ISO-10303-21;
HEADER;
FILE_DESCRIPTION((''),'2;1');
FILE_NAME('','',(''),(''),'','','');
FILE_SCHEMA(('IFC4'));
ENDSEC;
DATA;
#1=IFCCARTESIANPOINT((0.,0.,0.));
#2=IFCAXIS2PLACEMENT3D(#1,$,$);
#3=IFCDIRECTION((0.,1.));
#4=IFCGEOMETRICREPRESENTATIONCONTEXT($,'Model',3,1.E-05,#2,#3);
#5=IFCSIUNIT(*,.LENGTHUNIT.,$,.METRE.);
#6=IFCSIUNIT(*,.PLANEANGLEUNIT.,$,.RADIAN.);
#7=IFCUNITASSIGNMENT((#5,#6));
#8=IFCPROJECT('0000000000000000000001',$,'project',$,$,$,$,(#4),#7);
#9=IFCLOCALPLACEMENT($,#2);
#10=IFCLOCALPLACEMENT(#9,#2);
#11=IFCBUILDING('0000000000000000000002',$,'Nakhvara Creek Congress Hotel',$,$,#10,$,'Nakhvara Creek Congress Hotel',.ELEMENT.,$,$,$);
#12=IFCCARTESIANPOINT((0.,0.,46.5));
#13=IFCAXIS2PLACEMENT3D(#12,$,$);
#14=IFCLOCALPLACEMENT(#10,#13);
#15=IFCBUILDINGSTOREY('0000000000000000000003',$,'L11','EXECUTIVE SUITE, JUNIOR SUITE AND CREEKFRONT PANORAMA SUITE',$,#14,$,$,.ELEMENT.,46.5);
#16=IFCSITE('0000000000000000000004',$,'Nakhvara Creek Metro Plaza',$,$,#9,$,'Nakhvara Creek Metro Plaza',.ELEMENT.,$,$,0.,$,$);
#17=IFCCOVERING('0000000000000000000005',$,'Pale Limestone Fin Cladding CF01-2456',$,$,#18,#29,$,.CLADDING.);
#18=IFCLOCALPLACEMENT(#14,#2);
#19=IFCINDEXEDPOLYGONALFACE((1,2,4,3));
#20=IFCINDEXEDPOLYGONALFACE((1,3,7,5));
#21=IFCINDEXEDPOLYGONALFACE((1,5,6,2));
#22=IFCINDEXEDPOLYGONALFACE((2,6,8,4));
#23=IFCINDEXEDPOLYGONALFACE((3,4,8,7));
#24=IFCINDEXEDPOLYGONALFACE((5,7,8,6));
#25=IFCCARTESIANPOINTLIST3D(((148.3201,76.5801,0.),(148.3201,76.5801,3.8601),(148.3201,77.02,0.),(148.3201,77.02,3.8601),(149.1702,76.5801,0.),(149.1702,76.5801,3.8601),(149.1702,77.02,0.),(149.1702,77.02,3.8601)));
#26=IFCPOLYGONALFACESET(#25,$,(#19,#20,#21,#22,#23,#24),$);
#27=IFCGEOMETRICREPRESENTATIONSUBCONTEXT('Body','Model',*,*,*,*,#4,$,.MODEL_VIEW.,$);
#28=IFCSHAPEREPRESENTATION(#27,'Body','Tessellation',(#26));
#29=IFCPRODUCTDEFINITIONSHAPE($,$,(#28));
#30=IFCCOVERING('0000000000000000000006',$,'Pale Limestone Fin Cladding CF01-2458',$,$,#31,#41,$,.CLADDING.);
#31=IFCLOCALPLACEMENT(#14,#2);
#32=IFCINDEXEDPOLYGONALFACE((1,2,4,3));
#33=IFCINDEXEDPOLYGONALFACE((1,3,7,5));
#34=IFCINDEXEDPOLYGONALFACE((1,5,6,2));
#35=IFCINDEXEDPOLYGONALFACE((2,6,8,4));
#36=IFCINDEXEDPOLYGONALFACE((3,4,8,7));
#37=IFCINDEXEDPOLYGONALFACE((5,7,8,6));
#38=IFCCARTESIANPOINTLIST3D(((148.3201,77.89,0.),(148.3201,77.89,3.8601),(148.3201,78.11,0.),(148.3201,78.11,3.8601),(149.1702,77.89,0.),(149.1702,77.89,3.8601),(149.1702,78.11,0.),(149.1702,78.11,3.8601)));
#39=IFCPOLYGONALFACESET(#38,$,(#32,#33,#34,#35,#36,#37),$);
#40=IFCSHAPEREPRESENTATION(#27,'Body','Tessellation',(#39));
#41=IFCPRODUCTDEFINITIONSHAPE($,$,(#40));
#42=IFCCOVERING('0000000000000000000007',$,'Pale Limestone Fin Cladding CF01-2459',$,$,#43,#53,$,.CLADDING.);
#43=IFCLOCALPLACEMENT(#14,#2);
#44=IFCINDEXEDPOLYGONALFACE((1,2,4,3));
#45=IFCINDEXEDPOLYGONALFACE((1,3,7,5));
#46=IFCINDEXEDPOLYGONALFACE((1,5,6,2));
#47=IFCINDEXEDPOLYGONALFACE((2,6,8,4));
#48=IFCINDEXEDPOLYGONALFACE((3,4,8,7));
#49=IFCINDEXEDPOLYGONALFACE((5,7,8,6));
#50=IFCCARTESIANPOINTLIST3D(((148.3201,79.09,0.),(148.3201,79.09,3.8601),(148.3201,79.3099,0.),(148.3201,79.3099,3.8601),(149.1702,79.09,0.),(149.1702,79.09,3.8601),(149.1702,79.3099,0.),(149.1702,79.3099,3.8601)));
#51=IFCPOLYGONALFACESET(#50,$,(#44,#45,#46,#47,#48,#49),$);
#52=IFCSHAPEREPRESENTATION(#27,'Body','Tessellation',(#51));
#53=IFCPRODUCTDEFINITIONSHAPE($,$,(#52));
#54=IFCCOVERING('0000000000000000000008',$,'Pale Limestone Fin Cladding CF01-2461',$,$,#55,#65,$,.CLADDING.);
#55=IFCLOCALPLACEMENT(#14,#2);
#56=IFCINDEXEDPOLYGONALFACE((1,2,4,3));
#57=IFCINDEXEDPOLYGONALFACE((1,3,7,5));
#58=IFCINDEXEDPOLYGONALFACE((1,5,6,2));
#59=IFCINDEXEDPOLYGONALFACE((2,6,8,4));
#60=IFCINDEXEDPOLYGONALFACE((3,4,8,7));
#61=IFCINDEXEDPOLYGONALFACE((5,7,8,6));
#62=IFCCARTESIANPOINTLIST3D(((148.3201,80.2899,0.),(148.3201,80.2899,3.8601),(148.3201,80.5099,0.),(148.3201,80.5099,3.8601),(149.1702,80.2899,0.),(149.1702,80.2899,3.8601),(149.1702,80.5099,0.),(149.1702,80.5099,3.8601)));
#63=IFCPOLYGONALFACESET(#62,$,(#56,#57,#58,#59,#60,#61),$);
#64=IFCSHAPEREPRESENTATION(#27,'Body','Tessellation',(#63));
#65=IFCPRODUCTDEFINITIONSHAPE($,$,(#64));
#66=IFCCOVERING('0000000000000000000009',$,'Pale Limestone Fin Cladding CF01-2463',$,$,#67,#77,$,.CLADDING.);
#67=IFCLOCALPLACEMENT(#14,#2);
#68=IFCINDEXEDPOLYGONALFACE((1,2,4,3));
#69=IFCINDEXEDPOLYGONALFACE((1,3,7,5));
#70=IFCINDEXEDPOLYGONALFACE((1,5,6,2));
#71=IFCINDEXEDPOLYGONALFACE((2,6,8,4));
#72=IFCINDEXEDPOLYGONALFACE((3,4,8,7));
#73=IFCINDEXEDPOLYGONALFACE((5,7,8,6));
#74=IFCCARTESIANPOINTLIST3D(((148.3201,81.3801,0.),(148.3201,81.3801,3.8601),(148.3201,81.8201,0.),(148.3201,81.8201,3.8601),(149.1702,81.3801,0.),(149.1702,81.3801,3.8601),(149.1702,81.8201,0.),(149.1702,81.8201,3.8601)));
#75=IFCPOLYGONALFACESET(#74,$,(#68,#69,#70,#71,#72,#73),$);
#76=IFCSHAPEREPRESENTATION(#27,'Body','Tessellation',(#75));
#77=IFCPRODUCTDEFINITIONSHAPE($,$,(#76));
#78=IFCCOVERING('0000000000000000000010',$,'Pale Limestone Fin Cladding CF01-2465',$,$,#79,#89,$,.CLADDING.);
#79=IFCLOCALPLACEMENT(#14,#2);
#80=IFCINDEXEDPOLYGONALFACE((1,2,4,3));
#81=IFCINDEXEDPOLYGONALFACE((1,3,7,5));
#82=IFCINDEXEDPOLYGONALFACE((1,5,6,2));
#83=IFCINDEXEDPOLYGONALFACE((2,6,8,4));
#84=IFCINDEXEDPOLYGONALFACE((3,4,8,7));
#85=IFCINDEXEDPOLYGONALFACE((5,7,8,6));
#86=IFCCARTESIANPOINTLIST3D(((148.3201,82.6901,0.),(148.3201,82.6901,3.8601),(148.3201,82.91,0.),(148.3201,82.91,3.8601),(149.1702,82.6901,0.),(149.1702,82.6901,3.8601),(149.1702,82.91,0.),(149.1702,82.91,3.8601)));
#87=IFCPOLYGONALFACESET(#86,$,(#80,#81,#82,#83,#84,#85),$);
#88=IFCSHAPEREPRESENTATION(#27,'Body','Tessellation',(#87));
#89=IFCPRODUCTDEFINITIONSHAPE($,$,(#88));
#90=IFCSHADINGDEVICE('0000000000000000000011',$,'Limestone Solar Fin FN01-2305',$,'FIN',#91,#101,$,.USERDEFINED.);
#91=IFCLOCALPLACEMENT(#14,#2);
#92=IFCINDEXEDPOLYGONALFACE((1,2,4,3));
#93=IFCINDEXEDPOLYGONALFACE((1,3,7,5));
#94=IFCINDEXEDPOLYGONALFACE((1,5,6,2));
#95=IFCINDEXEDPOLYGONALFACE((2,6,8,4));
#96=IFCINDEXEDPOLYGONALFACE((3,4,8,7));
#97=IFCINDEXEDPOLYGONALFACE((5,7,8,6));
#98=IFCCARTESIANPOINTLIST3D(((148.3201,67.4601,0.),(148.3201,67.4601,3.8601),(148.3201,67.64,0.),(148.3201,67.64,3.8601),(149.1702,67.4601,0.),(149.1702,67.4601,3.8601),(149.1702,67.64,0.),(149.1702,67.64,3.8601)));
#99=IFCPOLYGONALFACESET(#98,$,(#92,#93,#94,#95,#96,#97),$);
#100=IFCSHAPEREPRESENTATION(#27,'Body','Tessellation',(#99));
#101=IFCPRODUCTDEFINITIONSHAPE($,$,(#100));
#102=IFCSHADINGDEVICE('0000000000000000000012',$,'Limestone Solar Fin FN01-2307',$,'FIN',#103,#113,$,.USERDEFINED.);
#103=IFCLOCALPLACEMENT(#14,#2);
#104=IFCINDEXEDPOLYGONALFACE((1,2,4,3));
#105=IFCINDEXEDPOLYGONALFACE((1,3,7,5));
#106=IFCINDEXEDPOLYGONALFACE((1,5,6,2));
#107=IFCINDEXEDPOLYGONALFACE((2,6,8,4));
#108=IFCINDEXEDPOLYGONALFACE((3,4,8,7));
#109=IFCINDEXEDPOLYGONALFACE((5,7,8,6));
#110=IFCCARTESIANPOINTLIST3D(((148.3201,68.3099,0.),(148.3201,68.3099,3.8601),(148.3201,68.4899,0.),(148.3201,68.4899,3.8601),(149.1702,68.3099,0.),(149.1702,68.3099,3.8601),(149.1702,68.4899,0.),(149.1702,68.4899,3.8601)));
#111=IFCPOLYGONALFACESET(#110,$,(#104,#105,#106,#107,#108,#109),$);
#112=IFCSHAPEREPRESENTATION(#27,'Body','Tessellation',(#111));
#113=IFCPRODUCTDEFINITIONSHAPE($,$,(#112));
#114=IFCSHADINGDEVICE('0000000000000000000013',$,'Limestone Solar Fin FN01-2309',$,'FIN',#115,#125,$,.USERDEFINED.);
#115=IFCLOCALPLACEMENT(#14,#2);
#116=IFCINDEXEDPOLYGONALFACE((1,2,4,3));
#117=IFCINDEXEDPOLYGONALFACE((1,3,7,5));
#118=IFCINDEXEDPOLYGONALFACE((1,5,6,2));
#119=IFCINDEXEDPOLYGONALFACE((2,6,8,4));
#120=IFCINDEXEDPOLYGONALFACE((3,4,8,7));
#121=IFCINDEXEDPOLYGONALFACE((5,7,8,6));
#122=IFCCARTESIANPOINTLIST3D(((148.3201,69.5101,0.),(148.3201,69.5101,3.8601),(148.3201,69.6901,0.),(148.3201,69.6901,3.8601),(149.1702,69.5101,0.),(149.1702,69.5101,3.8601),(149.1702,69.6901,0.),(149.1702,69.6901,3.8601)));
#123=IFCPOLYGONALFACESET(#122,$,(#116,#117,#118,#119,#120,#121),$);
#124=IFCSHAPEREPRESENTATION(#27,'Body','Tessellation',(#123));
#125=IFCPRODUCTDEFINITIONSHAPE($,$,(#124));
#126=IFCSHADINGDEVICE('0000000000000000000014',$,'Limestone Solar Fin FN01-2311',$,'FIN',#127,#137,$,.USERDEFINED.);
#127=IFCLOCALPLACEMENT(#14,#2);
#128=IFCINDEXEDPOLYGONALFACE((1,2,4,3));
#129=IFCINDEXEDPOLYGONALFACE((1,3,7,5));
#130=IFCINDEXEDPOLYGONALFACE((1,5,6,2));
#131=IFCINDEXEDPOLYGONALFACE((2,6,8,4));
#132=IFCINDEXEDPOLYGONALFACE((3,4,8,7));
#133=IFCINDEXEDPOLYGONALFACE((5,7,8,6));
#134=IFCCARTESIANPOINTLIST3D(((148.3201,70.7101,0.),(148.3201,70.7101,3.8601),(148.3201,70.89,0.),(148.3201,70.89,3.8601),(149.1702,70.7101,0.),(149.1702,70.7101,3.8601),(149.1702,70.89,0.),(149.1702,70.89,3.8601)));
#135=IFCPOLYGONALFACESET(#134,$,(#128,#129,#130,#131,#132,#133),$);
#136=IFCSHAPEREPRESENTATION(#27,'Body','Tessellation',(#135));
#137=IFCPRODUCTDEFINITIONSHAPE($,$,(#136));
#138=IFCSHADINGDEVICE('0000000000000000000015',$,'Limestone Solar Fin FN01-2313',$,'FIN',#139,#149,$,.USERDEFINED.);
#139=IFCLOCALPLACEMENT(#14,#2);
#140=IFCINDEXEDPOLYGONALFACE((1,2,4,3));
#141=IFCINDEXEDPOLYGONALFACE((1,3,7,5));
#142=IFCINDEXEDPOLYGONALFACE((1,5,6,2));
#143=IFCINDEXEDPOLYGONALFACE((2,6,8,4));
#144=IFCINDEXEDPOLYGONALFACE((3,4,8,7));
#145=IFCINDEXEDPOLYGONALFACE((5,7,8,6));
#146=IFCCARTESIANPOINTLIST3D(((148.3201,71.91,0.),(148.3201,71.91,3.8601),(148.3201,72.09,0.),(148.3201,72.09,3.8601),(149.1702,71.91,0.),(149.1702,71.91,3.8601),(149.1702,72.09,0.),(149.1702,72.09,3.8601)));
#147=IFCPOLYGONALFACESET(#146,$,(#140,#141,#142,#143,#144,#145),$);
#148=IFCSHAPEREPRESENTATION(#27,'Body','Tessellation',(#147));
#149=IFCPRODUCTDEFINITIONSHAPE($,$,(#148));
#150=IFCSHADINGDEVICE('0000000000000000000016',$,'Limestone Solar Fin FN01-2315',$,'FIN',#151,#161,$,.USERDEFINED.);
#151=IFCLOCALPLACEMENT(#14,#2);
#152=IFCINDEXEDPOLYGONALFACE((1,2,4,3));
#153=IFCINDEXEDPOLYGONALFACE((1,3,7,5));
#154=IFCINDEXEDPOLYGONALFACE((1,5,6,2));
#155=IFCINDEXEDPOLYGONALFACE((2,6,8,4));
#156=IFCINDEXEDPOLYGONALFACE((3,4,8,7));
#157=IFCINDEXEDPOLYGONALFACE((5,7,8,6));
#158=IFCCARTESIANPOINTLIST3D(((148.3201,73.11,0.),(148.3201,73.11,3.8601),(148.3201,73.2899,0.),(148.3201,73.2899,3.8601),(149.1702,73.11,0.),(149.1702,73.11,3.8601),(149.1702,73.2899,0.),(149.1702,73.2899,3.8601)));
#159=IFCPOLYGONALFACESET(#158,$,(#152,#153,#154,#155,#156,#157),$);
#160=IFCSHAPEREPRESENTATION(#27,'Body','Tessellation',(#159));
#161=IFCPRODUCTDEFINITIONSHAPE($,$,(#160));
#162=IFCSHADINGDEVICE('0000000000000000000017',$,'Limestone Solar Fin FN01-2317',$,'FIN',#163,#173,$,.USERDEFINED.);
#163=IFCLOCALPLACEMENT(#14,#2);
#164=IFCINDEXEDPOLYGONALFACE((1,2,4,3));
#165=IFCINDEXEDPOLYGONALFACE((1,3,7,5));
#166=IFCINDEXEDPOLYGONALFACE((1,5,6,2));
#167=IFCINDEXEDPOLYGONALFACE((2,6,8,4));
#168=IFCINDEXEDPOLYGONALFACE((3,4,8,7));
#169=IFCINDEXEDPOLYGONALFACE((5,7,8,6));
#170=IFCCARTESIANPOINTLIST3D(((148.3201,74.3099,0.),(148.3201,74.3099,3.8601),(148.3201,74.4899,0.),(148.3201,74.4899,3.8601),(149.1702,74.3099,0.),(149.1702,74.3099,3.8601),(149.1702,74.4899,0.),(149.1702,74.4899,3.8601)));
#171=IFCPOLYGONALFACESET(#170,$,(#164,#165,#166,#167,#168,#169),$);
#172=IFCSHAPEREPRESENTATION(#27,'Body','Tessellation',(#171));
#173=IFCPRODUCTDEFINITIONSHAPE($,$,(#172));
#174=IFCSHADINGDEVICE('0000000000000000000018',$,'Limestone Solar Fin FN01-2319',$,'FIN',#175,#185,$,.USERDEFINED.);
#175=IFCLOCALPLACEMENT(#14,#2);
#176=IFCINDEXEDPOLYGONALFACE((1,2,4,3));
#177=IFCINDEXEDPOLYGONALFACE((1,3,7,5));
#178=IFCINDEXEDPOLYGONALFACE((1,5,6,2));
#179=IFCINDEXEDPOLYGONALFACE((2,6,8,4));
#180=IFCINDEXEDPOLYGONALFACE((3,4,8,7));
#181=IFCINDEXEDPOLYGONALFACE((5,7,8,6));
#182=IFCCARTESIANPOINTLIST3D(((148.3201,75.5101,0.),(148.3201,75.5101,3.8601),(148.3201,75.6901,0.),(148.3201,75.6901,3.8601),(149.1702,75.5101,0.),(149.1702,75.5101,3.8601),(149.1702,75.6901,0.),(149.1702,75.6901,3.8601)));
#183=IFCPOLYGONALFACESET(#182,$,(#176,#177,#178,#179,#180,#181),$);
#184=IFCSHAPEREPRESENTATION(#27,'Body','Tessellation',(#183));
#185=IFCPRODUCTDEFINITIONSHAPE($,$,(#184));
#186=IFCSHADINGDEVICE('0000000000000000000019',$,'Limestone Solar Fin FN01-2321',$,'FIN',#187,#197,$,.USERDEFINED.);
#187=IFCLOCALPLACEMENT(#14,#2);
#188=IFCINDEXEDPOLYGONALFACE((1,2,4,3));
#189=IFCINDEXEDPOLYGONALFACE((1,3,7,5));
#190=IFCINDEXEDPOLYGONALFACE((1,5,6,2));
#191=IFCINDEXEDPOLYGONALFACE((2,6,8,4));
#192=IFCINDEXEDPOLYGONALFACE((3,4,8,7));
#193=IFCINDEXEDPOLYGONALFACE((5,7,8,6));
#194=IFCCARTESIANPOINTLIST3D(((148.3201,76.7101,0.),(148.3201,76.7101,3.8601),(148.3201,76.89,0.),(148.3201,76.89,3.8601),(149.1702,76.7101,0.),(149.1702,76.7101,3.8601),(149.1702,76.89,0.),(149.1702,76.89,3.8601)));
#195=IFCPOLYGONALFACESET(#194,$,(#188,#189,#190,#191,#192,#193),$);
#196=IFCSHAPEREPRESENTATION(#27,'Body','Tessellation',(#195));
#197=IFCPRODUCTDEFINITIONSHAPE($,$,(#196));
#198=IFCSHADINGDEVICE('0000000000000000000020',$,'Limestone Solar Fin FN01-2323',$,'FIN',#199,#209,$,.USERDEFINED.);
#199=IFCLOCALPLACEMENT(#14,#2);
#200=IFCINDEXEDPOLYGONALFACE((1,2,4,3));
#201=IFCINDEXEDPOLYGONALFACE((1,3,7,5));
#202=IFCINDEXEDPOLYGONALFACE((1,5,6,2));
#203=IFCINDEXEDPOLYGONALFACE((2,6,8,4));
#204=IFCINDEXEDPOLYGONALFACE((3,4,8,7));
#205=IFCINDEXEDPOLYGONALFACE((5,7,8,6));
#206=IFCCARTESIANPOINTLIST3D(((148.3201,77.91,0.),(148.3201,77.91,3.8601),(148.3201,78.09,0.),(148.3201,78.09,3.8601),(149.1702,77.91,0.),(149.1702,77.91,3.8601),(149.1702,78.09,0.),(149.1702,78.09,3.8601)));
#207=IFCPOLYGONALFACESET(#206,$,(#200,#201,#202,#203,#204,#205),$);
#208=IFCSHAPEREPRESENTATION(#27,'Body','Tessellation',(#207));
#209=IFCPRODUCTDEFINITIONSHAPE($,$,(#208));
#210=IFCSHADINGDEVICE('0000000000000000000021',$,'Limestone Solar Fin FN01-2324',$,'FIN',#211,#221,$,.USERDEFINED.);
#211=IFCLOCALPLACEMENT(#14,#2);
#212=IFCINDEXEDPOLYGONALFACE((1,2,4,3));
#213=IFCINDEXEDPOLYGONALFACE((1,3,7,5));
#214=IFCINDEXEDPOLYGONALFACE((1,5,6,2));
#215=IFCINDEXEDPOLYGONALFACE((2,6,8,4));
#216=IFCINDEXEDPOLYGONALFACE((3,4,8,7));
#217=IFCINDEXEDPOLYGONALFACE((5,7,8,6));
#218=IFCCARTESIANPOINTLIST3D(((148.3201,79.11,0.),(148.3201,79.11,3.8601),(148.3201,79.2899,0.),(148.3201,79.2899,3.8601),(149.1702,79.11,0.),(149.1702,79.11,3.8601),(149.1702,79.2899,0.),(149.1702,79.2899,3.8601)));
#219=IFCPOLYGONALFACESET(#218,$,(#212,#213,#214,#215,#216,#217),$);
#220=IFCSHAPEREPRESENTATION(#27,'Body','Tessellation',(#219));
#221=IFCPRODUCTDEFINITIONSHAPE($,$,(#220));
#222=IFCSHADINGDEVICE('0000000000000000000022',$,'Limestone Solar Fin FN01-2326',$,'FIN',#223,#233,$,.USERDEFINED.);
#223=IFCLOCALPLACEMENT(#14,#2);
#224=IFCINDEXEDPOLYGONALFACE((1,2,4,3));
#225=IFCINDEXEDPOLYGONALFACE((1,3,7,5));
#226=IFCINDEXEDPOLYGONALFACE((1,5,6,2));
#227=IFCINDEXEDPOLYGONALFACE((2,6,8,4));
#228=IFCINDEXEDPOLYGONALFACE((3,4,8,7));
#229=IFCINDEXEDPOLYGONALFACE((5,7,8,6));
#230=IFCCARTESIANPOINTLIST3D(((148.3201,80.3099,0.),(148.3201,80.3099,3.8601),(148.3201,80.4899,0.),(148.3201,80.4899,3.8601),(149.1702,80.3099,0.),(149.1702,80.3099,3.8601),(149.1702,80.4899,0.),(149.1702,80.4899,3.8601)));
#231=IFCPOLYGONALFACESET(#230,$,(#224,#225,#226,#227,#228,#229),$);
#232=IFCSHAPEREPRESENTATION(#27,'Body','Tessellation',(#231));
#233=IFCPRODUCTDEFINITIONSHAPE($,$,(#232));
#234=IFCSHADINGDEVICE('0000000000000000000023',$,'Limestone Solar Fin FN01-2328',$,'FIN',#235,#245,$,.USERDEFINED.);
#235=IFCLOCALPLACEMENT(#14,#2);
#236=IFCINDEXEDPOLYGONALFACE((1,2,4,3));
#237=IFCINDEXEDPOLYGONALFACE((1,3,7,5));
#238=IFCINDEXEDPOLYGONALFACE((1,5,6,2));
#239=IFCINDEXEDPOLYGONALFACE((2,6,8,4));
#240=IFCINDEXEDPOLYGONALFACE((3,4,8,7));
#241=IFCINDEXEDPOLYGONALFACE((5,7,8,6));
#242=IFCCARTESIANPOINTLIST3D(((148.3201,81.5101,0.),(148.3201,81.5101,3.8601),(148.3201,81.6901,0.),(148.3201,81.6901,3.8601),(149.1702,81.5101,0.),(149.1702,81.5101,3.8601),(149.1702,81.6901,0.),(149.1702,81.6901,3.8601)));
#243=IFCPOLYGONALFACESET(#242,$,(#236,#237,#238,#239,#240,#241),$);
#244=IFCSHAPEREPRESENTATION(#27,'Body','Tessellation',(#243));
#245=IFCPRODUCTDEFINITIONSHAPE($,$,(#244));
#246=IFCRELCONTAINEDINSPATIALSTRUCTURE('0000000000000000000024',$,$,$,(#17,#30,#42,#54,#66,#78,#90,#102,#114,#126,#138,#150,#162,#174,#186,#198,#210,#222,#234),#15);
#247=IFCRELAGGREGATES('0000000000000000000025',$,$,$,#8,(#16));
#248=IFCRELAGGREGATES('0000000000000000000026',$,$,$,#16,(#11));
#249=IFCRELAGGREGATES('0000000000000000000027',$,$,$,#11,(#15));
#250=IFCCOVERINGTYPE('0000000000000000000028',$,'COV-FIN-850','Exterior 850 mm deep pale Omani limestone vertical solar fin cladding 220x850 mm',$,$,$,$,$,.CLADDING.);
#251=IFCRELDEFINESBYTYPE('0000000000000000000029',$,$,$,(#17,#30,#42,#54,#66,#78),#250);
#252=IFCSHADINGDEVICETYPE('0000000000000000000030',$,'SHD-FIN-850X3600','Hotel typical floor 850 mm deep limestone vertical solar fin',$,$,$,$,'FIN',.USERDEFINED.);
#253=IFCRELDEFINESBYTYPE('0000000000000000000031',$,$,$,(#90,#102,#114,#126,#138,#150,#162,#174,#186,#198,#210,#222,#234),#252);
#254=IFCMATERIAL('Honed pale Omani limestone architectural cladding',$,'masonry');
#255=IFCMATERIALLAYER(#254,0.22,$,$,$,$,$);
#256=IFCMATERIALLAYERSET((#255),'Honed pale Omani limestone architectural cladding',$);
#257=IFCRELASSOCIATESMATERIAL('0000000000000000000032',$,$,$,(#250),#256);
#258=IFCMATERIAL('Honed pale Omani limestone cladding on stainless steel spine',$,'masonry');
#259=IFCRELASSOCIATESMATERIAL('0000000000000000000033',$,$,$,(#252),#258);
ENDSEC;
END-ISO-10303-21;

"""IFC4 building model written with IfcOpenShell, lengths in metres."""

from ifc_helpers import new_model, si_unit, direction, frame, origin, origin_2d, place, context, subcontext, project, spatial, rectangle, extrude, material, layer, layer_set, type_object, element, save


model = new_model("IFC4")

# Units and contexts
model_context = context("Model", 3, precision=1e-05, world=origin(), true_north=direction((0.0, 1.0)))
body_context = subcontext(model_context, "Body", "Model", "MODEL_VIEW")
ifc_project = project(units=[si_unit("LENGTHUNIT", "METRE"), si_unit("PLANEANGLEUNIT", "RADIAN")], contexts=[model_context])

# Site, building, storey
site_placement = place(None, origin())
site = spatial("IfcSite", under=ifc_project, at=site_placement, Name="Nakhvara Creek Metro Plaza", LongName="Nakhvara Creek Metro Plaza", CompositionType="ELEMENT", RefElevation=0.0)
building_placement = place(site_placement, origin())
building = spatial("IfcBuilding", under=site, at=building_placement, Name="Nakhvara Creek Congress Hotel", LongName="Nakhvara Creek Congress Hotel", CompositionType="ELEMENT")
storey_placement = place(building_placement, frame((0.0, 0.0, 46.5)))
storey = spatial("IfcBuildingStorey", under=building, at=storey_placement, Name="L11", Description="EXECUTIVE SUITE, JUNIOR SUITE AND CREEKFRONT PANORAMA SUITE", CompositionType="ELEMENT", Elevation=46.5)

# Coverings
ifc_material_1 = material(Name="Honed pale Omani limestone architectural cladding", Category="masonry")
ifc_layer_1 = layer(ifc_material_1, 0.22)
ifc_layer_set_1 = layer_set([ifc_layer_1], Name="Honed pale Omani limestone architectural cladding")
covering_type = type_object("IfcCoveringType", Name="COV-FIN-850", Description="Exterior 850 mm deep pale Omani limestone vertical solar fin cladding 220x850 mm", PredefinedType="CLADDING", material=ifc_layer_set_1)
covering_1_placement = place(storey_placement, frame((148.7451, 76.8, 0.0), z_axis=(0.0, 0.0, 1.0), x_axis=(0.0, 1.0, 0.0)))
element("IfcCovering", 1, at=covering_1_placement, inside=storey, type_object=covering_type, Name="Pale Limestone Fin Cladding CF01-2456", PredefinedType="CLADDING", context=body_context, shape_type="SweptSolid", body=[
    extrude(rectangle(XDim=0.4399, YDim=0.8501, at=origin_2d()), origin(), (0.0, 0.0, 1.0), 3.8601),
])
for number, where, z_axis, x_axis, name in (
    (2, (148.7451, 78.0, 0.0), (0.0, 0.0, 1.0), (0.0, 1.0, 0.0), "Pale Limestone Fin Cladding CF01-2458"),
    (3, (148.7451, 79.2, 0.0), (0.0, 0.0, 1.0), (0.0, 1.0, 0.0), "Pale Limestone Fin Cladding CF01-2459"),
    (4, (148.7451, 80.3999, 0.0), (0.0, 0.0, 1.0), (0.0, 1.0, 0.0), "Pale Limestone Fin Cladding CF01-2461"),
):
    element("IfcCovering", number, at=place(storey_placement, frame(where, z_axis=z_axis, x_axis=x_axis)), inside=storey, type_object=covering_type, Name=name, PredefinedType="CLADDING", context=body_context, shape_type="SweptSolid", body=[
        extrude(rectangle(XDim=0.22, YDim=0.8501, at=origin_2d()), origin(), (0.0, 0.0, 1.0), 3.8601),
    ])
covering_2_placement = place(storey_placement, frame((148.7451, 81.6001, 0.0), z_axis=(0.0, 0.0, 1.0), x_axis=(0.0, 1.0, 0.0)))
element("IfcCovering", 5, at=covering_2_placement, inside=storey, type_object=covering_type, Name="Pale Limestone Fin Cladding CF01-2463", PredefinedType="CLADDING", context=body_context, shape_type="SweptSolid", body=[
    extrude(rectangle(XDim=0.4399, YDim=0.8501, at=origin_2d()), origin(), (0.0, 0.0, 1.0), 3.8601),
])
covering_3_placement = place(storey_placement, frame((148.7451, 82.8, 0.0), z_axis=(0.0, 0.0, 1.0), x_axis=(0.0, 1.0, 0.0)))
element("IfcCovering", 6, at=covering_3_placement, inside=storey, type_object=covering_type, Name="Pale Limestone Fin Cladding CF01-2465", PredefinedType="CLADDING", context=body_context, shape_type="SweptSolid", body=[
    extrude(rectangle(XDim=0.22, YDim=0.8501, at=origin_2d()), origin(), (0.0, 0.0, 1.0), 3.8601),
])

# Shading devices
ifc_material_2 = material(Name="Honed pale Omani limestone cladding on stainless steel spine", Category="masonry")
shading_device_type = type_object("IfcShadingDeviceType", Name="SHD-FIN-850X3600", Description="Hotel typical floor 850 mm deep limestone vertical solar fin", ElementType="FIN", PredefinedType="USERDEFINED", material=ifc_material_2)
for number, where, z_axis, x_axis, name in (
    (7, (148.7451, 67.55, 0.0), (0.0, 0.0, 1.0), (0.0, 1.0, 0.0), "Limestone Solar Fin FN01-2305"),
    (8, (148.7451, 68.3999, 0.0), (0.0, 0.0, 1.0), (0.0, 1.0, 0.0), "Limestone Solar Fin FN01-2307"),
    (9, (148.7451, 69.6001, 0.0), (0.0, 0.0, 1.0), (0.0, 1.0, 0.0), "Limestone Solar Fin FN01-2309"),
    (10, (148.7451, 70.8, 0.0), (0.0, 0.0, 1.0), (0.0, 1.0, 0.0), "Limestone Solar Fin FN01-2311"),
    (11, (148.7451, 72.0, 0.0), (0.0, 0.0, 1.0), (0.0, 1.0, 0.0), "Limestone Solar Fin FN01-2313"),
    (12, (148.7451, 73.2, 0.0), (0.0, 0.0, 1.0), (0.0, 1.0, 0.0), "Limestone Solar Fin FN01-2315"),
    (13, (148.7451, 74.3999, 0.0), (0.0, 0.0, 1.0), (0.0, 1.0, 0.0), "Limestone Solar Fin FN01-2317"),
    (14, (148.7451, 75.6001, 0.0), (0.0, 0.0, 1.0), (0.0, 1.0, 0.0), "Limestone Solar Fin FN01-2319"),
    (15, (148.7451, 76.8, 0.0), (0.0, 0.0, 1.0), (0.0, 1.0, 0.0), "Limestone Solar Fin FN01-2321"),
    (16, (148.7451, 78.0, 0.0), (0.0, 0.0, 1.0), (0.0, 1.0, 0.0), "Limestone Solar Fin FN01-2323"),
    (17, (148.7451, 79.2, 0.0), (0.0, 0.0, 1.0), (0.0, 1.0, 0.0), "Limestone Solar Fin FN01-2324"),
    (18, (148.7451, 80.3999, 0.0), (0.0, 0.0, 1.0), (0.0, 1.0, 0.0), "Limestone Solar Fin FN01-2326"),
    (19, (148.7451, 81.6001, 0.0), (0.0, 0.0, 1.0), (0.0, 1.0, 0.0), "Limestone Solar Fin FN01-2328"),
):
    element("IfcShadingDevice", number, at=place(storey_placement, frame(where, z_axis=z_axis, x_axis=x_axis)), inside=storey, type_object=shading_device_type, Name=name, ObjectType="FIN", PredefinedType="USERDEFINED", context=body_context, shape_type="SweptSolid", body=[
        extrude(rectangle(XDim=0.1799, YDim=0.8501, at=origin_2d()), origin(), (0.0, 0.0, 1.0), 3.8601),
    ])

save(model, "model.ifc")
